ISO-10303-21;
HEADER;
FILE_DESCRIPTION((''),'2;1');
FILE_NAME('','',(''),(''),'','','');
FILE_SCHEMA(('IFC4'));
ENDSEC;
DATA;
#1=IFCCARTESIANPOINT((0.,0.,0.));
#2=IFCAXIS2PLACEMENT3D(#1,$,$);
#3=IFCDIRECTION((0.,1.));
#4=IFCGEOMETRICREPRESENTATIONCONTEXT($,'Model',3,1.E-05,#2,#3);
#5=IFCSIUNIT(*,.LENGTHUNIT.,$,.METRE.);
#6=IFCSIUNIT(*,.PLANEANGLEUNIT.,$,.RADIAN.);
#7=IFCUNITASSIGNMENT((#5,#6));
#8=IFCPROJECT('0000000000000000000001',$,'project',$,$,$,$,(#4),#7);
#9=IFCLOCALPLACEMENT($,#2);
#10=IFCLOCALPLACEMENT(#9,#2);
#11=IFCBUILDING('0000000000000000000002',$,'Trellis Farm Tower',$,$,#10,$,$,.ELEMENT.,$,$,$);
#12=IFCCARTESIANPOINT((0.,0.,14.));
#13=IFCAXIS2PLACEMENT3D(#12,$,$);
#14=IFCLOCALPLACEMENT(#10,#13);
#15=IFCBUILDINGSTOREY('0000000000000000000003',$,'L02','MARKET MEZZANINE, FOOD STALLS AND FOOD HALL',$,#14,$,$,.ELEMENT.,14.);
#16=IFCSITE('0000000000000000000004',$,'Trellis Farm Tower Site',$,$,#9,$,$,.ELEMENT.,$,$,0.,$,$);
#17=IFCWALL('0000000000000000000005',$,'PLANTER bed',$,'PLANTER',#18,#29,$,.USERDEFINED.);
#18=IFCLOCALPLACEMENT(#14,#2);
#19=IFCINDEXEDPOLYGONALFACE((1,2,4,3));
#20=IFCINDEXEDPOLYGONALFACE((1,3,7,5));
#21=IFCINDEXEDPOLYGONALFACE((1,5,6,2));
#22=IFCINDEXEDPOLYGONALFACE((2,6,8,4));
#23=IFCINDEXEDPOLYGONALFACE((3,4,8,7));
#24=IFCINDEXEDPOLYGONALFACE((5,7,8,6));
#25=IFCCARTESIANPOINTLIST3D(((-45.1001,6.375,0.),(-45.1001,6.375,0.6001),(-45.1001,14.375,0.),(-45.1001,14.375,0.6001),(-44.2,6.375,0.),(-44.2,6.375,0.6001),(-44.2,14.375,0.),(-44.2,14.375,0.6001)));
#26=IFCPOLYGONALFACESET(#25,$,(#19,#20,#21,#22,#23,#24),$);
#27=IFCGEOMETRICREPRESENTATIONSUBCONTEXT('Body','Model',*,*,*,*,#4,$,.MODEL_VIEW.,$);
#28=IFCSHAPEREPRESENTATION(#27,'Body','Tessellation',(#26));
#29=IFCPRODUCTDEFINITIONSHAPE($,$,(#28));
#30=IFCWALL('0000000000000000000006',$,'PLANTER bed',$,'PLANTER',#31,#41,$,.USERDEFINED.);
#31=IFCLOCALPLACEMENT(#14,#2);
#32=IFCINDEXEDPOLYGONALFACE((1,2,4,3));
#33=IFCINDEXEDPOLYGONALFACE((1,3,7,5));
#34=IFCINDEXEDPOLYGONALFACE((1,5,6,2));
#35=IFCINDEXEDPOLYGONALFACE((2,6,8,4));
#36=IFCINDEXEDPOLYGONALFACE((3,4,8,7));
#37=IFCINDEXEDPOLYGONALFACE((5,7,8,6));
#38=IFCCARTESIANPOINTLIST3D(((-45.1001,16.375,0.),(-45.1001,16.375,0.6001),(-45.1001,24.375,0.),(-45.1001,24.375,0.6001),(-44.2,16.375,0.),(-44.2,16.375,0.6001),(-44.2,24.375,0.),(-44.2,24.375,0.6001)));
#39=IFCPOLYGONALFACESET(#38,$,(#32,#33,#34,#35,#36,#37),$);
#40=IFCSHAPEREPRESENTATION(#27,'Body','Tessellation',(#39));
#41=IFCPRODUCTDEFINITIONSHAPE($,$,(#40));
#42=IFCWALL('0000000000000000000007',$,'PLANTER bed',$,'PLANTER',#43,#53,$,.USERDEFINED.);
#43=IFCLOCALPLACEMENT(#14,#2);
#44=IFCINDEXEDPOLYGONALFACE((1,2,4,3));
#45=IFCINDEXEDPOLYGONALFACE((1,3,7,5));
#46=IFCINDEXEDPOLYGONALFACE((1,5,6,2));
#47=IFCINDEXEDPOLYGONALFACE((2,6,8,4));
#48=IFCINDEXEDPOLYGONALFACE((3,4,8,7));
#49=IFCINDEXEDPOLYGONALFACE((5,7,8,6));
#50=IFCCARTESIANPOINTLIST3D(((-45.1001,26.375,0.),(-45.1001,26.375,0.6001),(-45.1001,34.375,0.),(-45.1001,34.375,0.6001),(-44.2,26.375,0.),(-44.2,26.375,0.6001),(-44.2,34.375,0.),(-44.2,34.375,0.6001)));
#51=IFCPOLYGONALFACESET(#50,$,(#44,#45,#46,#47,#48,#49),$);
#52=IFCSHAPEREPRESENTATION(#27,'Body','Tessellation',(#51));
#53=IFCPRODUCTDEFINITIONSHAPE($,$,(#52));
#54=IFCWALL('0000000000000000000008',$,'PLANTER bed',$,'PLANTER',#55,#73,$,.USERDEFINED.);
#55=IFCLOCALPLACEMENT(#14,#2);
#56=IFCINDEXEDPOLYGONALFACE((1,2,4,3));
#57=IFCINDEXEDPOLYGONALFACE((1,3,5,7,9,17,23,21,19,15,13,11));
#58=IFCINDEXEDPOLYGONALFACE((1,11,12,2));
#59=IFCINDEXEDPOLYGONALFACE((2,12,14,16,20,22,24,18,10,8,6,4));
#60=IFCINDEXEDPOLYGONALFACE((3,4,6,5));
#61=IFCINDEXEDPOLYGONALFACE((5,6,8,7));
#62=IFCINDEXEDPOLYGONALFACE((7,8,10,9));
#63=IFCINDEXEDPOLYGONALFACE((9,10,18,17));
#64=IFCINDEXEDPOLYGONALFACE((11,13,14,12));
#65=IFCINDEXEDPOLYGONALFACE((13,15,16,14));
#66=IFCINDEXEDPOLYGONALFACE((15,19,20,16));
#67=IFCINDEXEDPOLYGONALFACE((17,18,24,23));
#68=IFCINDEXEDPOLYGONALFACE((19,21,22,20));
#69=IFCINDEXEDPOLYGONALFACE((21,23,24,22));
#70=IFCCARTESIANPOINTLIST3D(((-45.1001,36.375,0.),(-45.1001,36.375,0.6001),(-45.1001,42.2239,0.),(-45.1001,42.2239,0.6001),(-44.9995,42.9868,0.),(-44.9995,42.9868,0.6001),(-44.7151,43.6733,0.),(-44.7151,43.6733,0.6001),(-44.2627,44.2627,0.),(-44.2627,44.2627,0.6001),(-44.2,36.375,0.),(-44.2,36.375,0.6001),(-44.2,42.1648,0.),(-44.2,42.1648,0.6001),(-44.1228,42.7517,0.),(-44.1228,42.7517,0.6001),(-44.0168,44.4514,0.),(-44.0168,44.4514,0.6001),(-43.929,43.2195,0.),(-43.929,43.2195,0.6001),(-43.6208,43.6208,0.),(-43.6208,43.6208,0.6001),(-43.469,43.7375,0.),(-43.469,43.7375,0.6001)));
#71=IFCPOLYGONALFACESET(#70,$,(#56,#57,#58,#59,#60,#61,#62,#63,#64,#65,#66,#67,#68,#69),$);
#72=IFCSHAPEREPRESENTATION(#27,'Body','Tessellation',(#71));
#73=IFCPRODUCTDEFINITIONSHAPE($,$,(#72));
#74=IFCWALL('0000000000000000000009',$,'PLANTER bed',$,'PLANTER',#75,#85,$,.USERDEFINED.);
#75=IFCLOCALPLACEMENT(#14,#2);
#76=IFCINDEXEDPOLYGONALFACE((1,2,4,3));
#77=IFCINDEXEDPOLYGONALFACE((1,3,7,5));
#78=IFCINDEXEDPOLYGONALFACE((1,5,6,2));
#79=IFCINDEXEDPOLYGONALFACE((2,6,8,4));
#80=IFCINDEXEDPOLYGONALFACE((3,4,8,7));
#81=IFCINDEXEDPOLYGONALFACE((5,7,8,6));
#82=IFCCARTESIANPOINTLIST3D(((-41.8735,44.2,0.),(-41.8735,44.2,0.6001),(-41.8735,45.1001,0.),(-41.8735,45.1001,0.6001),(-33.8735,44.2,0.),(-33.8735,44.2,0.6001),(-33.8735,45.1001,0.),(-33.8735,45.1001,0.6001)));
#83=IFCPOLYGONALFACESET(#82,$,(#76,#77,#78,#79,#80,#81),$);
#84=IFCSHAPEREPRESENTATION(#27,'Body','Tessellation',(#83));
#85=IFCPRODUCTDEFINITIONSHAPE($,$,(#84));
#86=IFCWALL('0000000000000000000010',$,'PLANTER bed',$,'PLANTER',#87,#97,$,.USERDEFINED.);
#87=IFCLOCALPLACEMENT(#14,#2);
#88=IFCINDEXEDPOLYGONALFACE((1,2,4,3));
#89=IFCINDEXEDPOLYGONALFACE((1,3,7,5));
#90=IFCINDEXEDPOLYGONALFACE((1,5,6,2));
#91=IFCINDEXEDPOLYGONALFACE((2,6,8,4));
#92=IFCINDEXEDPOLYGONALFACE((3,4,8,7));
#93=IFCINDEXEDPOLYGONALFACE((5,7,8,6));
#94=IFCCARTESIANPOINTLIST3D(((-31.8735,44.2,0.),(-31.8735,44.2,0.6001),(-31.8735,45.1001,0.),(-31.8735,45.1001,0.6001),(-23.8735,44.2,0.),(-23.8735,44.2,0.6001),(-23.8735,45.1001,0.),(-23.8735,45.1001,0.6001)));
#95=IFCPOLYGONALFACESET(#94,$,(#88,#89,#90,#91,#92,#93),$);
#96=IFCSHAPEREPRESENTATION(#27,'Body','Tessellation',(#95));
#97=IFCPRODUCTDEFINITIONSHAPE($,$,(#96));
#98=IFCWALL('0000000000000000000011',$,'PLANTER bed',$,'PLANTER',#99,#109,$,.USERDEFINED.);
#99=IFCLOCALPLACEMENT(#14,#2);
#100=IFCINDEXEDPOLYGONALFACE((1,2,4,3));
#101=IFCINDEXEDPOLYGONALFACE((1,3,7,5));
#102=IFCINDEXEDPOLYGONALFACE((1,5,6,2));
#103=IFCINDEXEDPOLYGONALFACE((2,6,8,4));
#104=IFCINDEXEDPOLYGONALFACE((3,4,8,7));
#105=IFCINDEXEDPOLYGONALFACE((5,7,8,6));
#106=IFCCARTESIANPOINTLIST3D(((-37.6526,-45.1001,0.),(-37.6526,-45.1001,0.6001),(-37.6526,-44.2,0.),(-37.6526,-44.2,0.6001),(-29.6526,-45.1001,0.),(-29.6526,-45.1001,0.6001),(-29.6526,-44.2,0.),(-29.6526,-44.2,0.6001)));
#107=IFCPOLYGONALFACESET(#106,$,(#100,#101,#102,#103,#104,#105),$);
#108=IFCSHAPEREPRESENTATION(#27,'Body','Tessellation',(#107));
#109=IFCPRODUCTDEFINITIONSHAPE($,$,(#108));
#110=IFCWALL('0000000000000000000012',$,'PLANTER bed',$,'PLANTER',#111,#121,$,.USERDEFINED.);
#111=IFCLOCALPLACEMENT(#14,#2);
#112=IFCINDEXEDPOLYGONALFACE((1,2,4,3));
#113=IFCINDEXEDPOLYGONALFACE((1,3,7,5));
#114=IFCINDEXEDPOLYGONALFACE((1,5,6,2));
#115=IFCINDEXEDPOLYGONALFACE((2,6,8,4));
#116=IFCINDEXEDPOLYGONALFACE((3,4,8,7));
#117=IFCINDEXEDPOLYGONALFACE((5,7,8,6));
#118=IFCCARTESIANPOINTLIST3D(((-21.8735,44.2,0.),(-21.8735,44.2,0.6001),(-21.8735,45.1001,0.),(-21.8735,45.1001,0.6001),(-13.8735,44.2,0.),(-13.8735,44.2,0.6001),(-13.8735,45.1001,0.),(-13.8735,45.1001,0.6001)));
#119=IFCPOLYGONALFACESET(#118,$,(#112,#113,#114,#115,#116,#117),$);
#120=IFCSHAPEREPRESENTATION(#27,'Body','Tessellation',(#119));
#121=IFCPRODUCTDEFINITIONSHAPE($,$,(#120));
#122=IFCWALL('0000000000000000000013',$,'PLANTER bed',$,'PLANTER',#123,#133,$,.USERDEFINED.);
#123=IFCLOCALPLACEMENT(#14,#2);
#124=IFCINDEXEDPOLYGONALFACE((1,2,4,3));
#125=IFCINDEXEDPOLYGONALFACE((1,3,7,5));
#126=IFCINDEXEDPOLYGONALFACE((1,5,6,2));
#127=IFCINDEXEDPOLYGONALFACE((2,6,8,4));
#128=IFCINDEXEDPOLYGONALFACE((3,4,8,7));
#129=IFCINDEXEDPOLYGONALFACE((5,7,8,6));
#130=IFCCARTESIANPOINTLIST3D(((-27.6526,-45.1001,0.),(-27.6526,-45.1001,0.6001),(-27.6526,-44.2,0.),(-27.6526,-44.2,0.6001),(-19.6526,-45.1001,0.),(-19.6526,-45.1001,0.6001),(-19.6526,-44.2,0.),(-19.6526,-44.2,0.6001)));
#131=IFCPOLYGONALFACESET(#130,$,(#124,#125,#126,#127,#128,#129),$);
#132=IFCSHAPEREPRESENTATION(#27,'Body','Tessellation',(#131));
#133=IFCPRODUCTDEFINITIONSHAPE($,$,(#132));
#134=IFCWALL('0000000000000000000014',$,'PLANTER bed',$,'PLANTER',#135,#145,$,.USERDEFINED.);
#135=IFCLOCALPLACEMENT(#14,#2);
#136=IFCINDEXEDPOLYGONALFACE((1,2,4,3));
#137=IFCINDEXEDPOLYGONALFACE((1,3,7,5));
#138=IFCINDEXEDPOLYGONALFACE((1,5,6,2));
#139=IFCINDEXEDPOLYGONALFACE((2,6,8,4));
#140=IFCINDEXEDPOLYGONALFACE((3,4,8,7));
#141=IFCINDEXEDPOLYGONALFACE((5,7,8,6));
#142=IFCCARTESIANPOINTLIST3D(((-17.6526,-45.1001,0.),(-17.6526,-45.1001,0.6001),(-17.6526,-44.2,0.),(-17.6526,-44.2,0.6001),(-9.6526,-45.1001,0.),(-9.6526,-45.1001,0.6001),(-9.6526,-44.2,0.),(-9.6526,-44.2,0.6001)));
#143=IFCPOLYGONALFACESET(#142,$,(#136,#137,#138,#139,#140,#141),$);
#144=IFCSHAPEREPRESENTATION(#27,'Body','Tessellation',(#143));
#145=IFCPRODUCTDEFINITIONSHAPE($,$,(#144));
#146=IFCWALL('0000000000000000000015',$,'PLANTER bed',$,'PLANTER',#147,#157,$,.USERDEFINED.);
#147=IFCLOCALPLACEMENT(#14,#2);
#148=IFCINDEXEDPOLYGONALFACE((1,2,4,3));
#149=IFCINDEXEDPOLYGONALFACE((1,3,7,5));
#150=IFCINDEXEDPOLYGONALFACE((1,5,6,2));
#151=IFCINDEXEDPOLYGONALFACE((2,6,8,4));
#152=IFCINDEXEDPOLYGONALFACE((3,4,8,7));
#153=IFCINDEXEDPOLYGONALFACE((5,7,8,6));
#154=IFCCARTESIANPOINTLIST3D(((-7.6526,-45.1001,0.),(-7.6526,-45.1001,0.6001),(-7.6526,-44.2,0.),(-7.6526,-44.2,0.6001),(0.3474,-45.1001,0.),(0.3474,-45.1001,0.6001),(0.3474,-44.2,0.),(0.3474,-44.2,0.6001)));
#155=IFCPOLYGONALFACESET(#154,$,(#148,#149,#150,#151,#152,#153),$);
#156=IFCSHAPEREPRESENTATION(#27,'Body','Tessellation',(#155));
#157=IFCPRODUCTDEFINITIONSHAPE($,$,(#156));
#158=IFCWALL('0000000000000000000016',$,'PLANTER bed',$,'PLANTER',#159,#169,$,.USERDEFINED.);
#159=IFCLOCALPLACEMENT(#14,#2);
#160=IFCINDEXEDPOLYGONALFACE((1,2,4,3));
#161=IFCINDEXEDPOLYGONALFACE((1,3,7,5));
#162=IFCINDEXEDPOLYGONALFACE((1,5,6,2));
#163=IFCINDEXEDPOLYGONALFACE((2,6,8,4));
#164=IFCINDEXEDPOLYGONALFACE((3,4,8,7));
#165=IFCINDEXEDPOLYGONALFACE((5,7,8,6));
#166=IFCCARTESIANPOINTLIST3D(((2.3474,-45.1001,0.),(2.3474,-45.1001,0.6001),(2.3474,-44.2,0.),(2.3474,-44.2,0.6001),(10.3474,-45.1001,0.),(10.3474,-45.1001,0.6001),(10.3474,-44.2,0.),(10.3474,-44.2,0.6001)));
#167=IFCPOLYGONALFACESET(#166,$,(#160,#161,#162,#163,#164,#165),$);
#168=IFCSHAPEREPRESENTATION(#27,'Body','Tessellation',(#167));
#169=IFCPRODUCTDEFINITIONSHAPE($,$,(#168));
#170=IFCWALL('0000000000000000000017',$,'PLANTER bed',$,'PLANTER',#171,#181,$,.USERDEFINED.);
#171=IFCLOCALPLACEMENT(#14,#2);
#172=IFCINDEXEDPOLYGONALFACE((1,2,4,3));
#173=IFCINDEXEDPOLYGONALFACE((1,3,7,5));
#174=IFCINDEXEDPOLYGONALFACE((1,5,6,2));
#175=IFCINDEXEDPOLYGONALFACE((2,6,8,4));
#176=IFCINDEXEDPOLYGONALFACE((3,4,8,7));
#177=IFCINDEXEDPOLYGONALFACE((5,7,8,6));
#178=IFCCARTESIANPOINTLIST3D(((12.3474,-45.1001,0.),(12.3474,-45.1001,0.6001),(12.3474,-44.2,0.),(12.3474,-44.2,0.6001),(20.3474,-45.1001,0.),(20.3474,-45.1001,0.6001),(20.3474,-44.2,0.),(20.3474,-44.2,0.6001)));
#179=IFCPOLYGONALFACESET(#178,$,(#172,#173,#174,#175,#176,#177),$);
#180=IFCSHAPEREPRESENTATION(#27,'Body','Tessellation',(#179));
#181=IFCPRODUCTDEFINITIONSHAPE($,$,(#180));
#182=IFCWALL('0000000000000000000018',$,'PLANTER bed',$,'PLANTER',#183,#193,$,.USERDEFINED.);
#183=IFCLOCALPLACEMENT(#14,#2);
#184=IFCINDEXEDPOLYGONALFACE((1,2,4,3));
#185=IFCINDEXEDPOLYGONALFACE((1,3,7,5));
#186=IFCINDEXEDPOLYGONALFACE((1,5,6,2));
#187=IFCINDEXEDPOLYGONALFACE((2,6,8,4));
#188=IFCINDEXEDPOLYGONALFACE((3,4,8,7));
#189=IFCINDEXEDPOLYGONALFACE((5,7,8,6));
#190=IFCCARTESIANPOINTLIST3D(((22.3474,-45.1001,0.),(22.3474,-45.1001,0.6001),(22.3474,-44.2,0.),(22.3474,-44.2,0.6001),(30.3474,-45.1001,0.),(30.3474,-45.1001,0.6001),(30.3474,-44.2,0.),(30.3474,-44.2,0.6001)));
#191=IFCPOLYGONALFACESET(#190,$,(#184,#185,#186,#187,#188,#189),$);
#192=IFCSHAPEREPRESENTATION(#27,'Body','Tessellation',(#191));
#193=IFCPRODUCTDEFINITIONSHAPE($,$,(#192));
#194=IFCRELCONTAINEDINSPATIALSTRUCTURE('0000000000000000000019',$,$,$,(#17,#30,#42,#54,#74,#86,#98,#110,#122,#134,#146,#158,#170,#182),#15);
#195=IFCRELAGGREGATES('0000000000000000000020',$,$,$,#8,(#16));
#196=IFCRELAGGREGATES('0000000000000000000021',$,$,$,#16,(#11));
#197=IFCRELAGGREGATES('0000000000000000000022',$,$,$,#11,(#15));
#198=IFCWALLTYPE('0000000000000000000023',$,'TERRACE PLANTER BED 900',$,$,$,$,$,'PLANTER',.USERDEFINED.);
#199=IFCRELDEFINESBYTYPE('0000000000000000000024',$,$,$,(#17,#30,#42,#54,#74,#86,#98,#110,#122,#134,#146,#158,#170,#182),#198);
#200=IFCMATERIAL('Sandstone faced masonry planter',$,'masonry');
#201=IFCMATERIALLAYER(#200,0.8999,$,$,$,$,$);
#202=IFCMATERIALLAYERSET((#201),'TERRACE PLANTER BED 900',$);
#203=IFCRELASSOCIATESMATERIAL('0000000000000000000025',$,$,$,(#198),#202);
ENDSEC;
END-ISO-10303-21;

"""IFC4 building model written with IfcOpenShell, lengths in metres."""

from ifc_helpers import new_model, si_unit, direction, frame, origin, place, context, subcontext, project, spatial, polyline, outline, extrude, material, layer, layer_set, type_object, element, save


model = new_model("IFC4")

# Units and contexts
model_context = context("Model", 3, precision=1e-05, world=origin(), true_north=direction((0.0, 1.0)))
body_context = subcontext(model_context, "Body", "Model", "MODEL_VIEW")
ifc_project = project(units=[si_unit("LENGTHUNIT", "METRE"), si_unit("PLANEANGLEUNIT", "RADIAN")], contexts=[model_context])

# Site, building, storey
site_placement = place(None, origin())
site = spatial("IfcSite", under=ifc_project, at=site_placement, Name="Trellis Farm Tower Site", CompositionType="ELEMENT", RefElevation=0.0)
building_placement = place(site_placement, origin())
building = spatial("IfcBuilding", under=site, at=building_placement, Name="Trellis Farm Tower", CompositionType="ELEMENT")
storey_placement = place(building_placement, frame((0.0, 0.0, 14.0)))
storey = spatial("IfcBuildingStorey", under=building, at=storey_placement, Name="L02", Description="MARKET MEZZANINE, FOOD STALLS AND FOOD HALL", CompositionType="ELEMENT", Elevation=14.0)

# Walls
ifc_material = material(Name="Sandstone faced masonry planter", Category="masonry")
ifc_layer = layer(ifc_material, 0.8999)
ifc_layer_set = layer_set([ifc_layer], Name="TERRACE PLANTER BED 900")
wall_type = type_object("IfcWallType", Name="TERRACE PLANTER BED 900", ElementType="PLANTER", PredefinedType="USERDEFINED", material=ifc_layer_set)
placement = place(storey_placement, origin())
element("IfcWall", 1, at=placement, inside=storey, type_object=wall_type, Name="PLANTER bed", ObjectType="PLANTER", PredefinedType="USERDEFINED", context=body_context, shape_type="SweptSolid", body=[
    extrude(outline(polyline([(-45.1001, 14.375), (-44.2, 14.375), (-44.2, 6.375), (-45.1001, 6.375), (-45.1001, 14.375)])), origin(), (0.0, 0.0, 1.0), 0.6001),
])
element("IfcWall", 2, at=placement, inside=storey, type_object=wall_type, Name="PLANTER bed", ObjectType="PLANTER", PredefinedType="USERDEFINED", context=body_context, shape_type="SweptSolid", body=[
    extrude(outline(polyline([(-44.2, 24.375), (-44.2, 16.375), (-45.1001, 16.375), (-45.1001, 24.375), (-44.2, 24.375)])), origin(), (0.0, 0.0, 1.0), 0.6001),
])
element("IfcWall", 3, at=placement, inside=storey, type_object=wall_type, Name="PLANTER bed", ObjectType="PLANTER", PredefinedType="USERDEFINED", context=body_context, shape_type="SweptSolid", body=[
    extrude(outline(polyline([(-44.2, 34.375), (-44.2, 26.375), (-45.1001, 26.375), (-45.1001, 34.375), (-44.2, 34.375)])), origin(), (0.0, 0.0, 1.0), 0.6001),
])
element("IfcWall", 4, at=placement, inside=storey, type_object=wall_type, Name="PLANTER bed", ObjectType="PLANTER", PredefinedType="USERDEFINED", context=body_context, shape_type="SweptSolid", body=[
    extrude(outline(polyline([(-44.9995, 42.9868), (-44.7151, 43.6733), (-44.2627, 44.2627), (-44.0168, 44.4514), (-43.469, 43.7375), (-43.6208, 43.6208), (-43.929, 43.2195), (-44.1228, 42.7517), (-44.2, 42.1648), (-44.2, 36.375), (-45.1001, 36.375), (-45.1001, 42.2239), (-44.9995, 42.9868)])), origin(), (0.0, 0.0, 1.0), 0.6001),
])
element("IfcWall", 5, at=placement, inside=storey, type_object=wall_type, Name="PLANTER bed", ObjectType="PLANTER", PredefinedType="USERDEFINED", context=body_context, shape_type="SweptSolid", body=[
    extrude(outline(polyline([(-33.8735, 44.2), (-41.8735, 44.2), (-41.8735, 45.1001), (-33.8735, 45.1001), (-33.8735, 44.2)])), origin(), (0.0, 0.0, 1.0), 0.6001),
])
element("IfcWall", 6, at=placement, inside=storey, type_object=wall_type, Name="PLANTER bed", ObjectType="PLANTER", PredefinedType="USERDEFINED", context=body_context, shape_type="SweptSolid", body=[
    extrude(outline(polyline([(-23.8735, 44.2), (-31.8735, 44.2), (-31.8735, 45.1001), (-23.8735, 45.1001), (-23.8735, 44.2)])), origin(), (0.0, 0.0, 1.0), 0.6001),
])
element("IfcWall", 7, at=placement, inside=storey, type_object=wall_type, Name="PLANTER bed", ObjectType="PLANTER", PredefinedType="USERDEFINED", context=body_context, shape_type="SweptSolid", body=[
    extrude(outline(polyline([(-37.6526, -44.2), (-29.6526, -44.2), (-29.6526, -45.1001), (-37.6526, -45.1001), (-37.6526, -44.2)])), origin(), (0.0, 0.0, 1.0), 0.6001),
])
element("IfcWall", 8, at=placement, inside=storey, type_object=wall_type, Name="PLANTER bed", ObjectType="PLANTER", PredefinedType="USERDEFINED", context=body_context, shape_type="SweptSolid", body=[
    extrude(outline(polyline([(-13.8735, 44.2), (-21.8735, 44.2), (-21.8735, 45.1001), (-13.8735, 45.1001), (-13.8735, 44.2)])), origin(), (0.0, 0.0, 1.0), 0.6001),
])
element("IfcWall", 9, at=placement, inside=storey, type_object=wall_type, Name="PLANTER bed", ObjectType="PLANTER", PredefinedType="USERDEFINED", context=body_context, shape_type="SweptSolid", body=[
    extrude(outline(polyline([(-27.6526, -44.2), (-19.6526, -44.2), (-19.6526, -45.1001), (-27.6526, -45.1001), (-27.6526, -44.2)])), origin(), (0.0, 0.0, 1.0), 0.6001),
])
element("IfcWall", 10, at=placement, inside=storey, type_object=wall_type, Name="PLANTER bed", ObjectType="PLANTER", PredefinedType="USERDEFINED", context=body_context, shape_type="SweptSolid", body=[
    extrude(outline(polyline([(-17.6526, -44.2), (-9.6526, -44.2), (-9.6526, -45.1001), (-17.6526, -45.1001), (-17.6526, -44.2)])), origin(), (0.0, 0.0, 1.0), 0.6001),
])
element("IfcWall", 11, at=placement, inside=storey, type_object=wall_type, Name="PLANTER bed", ObjectType="PLANTER", PredefinedType="USERDEFINED", context=body_context, shape_type="SweptSolid", body=[
    extrude(outline(polyline([(-7.6526, -44.2), (0.3474, -44.2), (0.3474, -45.1001), (-7.6526, -45.1001), (-7.6526, -44.2)])), origin(), (0.0, 0.0, 1.0), 0.6001),
])
element("IfcWall", 12, at=placement, inside=storey, type_object=wall_type, Name="PLANTER bed", ObjectType="PLANTER", PredefinedType="USERDEFINED", context=body_context, shape_type="SweptSolid", body=[
    extrude(outline(polyline([(2.3474, -44.2), (10.3474, -44.2), (10.3474, -45.1001), (2.3474, -45.1001), (2.3474, -44.2)])), origin(), (0.0, 0.0, 1.0), 0.6001),
])
element("IfcWall", 13, at=placement, inside=storey, type_object=wall_type, Name="PLANTER bed", ObjectType="PLANTER", PredefinedType="USERDEFINED", context=body_context, shape_type="SweptSolid", body=[
    extrude(outline(polyline([(12.3474, -44.2), (20.3474, -44.2), (20.3474, -45.1001), (12.3474, -45.1001), (12.3474, -44.2)])), origin(), (0.0, 0.0, 1.0), 0.6001),
])
element("IfcWall", 14, at=placement, inside=storey, type_object=wall_type, Name="PLANTER bed", ObjectType="PLANTER", PredefinedType="USERDEFINED", context=body_context, shape_type="SweptSolid", body=[
    extrude(outline(polyline([(22.3474, -44.2), (30.3474, -44.2), (30.3474, -45.1001), (22.3474, -45.1001), (22.3474, -44.2)])), origin(), (0.0, 0.0, 1.0), 0.6001),
])

save(model, "model.ifc")
